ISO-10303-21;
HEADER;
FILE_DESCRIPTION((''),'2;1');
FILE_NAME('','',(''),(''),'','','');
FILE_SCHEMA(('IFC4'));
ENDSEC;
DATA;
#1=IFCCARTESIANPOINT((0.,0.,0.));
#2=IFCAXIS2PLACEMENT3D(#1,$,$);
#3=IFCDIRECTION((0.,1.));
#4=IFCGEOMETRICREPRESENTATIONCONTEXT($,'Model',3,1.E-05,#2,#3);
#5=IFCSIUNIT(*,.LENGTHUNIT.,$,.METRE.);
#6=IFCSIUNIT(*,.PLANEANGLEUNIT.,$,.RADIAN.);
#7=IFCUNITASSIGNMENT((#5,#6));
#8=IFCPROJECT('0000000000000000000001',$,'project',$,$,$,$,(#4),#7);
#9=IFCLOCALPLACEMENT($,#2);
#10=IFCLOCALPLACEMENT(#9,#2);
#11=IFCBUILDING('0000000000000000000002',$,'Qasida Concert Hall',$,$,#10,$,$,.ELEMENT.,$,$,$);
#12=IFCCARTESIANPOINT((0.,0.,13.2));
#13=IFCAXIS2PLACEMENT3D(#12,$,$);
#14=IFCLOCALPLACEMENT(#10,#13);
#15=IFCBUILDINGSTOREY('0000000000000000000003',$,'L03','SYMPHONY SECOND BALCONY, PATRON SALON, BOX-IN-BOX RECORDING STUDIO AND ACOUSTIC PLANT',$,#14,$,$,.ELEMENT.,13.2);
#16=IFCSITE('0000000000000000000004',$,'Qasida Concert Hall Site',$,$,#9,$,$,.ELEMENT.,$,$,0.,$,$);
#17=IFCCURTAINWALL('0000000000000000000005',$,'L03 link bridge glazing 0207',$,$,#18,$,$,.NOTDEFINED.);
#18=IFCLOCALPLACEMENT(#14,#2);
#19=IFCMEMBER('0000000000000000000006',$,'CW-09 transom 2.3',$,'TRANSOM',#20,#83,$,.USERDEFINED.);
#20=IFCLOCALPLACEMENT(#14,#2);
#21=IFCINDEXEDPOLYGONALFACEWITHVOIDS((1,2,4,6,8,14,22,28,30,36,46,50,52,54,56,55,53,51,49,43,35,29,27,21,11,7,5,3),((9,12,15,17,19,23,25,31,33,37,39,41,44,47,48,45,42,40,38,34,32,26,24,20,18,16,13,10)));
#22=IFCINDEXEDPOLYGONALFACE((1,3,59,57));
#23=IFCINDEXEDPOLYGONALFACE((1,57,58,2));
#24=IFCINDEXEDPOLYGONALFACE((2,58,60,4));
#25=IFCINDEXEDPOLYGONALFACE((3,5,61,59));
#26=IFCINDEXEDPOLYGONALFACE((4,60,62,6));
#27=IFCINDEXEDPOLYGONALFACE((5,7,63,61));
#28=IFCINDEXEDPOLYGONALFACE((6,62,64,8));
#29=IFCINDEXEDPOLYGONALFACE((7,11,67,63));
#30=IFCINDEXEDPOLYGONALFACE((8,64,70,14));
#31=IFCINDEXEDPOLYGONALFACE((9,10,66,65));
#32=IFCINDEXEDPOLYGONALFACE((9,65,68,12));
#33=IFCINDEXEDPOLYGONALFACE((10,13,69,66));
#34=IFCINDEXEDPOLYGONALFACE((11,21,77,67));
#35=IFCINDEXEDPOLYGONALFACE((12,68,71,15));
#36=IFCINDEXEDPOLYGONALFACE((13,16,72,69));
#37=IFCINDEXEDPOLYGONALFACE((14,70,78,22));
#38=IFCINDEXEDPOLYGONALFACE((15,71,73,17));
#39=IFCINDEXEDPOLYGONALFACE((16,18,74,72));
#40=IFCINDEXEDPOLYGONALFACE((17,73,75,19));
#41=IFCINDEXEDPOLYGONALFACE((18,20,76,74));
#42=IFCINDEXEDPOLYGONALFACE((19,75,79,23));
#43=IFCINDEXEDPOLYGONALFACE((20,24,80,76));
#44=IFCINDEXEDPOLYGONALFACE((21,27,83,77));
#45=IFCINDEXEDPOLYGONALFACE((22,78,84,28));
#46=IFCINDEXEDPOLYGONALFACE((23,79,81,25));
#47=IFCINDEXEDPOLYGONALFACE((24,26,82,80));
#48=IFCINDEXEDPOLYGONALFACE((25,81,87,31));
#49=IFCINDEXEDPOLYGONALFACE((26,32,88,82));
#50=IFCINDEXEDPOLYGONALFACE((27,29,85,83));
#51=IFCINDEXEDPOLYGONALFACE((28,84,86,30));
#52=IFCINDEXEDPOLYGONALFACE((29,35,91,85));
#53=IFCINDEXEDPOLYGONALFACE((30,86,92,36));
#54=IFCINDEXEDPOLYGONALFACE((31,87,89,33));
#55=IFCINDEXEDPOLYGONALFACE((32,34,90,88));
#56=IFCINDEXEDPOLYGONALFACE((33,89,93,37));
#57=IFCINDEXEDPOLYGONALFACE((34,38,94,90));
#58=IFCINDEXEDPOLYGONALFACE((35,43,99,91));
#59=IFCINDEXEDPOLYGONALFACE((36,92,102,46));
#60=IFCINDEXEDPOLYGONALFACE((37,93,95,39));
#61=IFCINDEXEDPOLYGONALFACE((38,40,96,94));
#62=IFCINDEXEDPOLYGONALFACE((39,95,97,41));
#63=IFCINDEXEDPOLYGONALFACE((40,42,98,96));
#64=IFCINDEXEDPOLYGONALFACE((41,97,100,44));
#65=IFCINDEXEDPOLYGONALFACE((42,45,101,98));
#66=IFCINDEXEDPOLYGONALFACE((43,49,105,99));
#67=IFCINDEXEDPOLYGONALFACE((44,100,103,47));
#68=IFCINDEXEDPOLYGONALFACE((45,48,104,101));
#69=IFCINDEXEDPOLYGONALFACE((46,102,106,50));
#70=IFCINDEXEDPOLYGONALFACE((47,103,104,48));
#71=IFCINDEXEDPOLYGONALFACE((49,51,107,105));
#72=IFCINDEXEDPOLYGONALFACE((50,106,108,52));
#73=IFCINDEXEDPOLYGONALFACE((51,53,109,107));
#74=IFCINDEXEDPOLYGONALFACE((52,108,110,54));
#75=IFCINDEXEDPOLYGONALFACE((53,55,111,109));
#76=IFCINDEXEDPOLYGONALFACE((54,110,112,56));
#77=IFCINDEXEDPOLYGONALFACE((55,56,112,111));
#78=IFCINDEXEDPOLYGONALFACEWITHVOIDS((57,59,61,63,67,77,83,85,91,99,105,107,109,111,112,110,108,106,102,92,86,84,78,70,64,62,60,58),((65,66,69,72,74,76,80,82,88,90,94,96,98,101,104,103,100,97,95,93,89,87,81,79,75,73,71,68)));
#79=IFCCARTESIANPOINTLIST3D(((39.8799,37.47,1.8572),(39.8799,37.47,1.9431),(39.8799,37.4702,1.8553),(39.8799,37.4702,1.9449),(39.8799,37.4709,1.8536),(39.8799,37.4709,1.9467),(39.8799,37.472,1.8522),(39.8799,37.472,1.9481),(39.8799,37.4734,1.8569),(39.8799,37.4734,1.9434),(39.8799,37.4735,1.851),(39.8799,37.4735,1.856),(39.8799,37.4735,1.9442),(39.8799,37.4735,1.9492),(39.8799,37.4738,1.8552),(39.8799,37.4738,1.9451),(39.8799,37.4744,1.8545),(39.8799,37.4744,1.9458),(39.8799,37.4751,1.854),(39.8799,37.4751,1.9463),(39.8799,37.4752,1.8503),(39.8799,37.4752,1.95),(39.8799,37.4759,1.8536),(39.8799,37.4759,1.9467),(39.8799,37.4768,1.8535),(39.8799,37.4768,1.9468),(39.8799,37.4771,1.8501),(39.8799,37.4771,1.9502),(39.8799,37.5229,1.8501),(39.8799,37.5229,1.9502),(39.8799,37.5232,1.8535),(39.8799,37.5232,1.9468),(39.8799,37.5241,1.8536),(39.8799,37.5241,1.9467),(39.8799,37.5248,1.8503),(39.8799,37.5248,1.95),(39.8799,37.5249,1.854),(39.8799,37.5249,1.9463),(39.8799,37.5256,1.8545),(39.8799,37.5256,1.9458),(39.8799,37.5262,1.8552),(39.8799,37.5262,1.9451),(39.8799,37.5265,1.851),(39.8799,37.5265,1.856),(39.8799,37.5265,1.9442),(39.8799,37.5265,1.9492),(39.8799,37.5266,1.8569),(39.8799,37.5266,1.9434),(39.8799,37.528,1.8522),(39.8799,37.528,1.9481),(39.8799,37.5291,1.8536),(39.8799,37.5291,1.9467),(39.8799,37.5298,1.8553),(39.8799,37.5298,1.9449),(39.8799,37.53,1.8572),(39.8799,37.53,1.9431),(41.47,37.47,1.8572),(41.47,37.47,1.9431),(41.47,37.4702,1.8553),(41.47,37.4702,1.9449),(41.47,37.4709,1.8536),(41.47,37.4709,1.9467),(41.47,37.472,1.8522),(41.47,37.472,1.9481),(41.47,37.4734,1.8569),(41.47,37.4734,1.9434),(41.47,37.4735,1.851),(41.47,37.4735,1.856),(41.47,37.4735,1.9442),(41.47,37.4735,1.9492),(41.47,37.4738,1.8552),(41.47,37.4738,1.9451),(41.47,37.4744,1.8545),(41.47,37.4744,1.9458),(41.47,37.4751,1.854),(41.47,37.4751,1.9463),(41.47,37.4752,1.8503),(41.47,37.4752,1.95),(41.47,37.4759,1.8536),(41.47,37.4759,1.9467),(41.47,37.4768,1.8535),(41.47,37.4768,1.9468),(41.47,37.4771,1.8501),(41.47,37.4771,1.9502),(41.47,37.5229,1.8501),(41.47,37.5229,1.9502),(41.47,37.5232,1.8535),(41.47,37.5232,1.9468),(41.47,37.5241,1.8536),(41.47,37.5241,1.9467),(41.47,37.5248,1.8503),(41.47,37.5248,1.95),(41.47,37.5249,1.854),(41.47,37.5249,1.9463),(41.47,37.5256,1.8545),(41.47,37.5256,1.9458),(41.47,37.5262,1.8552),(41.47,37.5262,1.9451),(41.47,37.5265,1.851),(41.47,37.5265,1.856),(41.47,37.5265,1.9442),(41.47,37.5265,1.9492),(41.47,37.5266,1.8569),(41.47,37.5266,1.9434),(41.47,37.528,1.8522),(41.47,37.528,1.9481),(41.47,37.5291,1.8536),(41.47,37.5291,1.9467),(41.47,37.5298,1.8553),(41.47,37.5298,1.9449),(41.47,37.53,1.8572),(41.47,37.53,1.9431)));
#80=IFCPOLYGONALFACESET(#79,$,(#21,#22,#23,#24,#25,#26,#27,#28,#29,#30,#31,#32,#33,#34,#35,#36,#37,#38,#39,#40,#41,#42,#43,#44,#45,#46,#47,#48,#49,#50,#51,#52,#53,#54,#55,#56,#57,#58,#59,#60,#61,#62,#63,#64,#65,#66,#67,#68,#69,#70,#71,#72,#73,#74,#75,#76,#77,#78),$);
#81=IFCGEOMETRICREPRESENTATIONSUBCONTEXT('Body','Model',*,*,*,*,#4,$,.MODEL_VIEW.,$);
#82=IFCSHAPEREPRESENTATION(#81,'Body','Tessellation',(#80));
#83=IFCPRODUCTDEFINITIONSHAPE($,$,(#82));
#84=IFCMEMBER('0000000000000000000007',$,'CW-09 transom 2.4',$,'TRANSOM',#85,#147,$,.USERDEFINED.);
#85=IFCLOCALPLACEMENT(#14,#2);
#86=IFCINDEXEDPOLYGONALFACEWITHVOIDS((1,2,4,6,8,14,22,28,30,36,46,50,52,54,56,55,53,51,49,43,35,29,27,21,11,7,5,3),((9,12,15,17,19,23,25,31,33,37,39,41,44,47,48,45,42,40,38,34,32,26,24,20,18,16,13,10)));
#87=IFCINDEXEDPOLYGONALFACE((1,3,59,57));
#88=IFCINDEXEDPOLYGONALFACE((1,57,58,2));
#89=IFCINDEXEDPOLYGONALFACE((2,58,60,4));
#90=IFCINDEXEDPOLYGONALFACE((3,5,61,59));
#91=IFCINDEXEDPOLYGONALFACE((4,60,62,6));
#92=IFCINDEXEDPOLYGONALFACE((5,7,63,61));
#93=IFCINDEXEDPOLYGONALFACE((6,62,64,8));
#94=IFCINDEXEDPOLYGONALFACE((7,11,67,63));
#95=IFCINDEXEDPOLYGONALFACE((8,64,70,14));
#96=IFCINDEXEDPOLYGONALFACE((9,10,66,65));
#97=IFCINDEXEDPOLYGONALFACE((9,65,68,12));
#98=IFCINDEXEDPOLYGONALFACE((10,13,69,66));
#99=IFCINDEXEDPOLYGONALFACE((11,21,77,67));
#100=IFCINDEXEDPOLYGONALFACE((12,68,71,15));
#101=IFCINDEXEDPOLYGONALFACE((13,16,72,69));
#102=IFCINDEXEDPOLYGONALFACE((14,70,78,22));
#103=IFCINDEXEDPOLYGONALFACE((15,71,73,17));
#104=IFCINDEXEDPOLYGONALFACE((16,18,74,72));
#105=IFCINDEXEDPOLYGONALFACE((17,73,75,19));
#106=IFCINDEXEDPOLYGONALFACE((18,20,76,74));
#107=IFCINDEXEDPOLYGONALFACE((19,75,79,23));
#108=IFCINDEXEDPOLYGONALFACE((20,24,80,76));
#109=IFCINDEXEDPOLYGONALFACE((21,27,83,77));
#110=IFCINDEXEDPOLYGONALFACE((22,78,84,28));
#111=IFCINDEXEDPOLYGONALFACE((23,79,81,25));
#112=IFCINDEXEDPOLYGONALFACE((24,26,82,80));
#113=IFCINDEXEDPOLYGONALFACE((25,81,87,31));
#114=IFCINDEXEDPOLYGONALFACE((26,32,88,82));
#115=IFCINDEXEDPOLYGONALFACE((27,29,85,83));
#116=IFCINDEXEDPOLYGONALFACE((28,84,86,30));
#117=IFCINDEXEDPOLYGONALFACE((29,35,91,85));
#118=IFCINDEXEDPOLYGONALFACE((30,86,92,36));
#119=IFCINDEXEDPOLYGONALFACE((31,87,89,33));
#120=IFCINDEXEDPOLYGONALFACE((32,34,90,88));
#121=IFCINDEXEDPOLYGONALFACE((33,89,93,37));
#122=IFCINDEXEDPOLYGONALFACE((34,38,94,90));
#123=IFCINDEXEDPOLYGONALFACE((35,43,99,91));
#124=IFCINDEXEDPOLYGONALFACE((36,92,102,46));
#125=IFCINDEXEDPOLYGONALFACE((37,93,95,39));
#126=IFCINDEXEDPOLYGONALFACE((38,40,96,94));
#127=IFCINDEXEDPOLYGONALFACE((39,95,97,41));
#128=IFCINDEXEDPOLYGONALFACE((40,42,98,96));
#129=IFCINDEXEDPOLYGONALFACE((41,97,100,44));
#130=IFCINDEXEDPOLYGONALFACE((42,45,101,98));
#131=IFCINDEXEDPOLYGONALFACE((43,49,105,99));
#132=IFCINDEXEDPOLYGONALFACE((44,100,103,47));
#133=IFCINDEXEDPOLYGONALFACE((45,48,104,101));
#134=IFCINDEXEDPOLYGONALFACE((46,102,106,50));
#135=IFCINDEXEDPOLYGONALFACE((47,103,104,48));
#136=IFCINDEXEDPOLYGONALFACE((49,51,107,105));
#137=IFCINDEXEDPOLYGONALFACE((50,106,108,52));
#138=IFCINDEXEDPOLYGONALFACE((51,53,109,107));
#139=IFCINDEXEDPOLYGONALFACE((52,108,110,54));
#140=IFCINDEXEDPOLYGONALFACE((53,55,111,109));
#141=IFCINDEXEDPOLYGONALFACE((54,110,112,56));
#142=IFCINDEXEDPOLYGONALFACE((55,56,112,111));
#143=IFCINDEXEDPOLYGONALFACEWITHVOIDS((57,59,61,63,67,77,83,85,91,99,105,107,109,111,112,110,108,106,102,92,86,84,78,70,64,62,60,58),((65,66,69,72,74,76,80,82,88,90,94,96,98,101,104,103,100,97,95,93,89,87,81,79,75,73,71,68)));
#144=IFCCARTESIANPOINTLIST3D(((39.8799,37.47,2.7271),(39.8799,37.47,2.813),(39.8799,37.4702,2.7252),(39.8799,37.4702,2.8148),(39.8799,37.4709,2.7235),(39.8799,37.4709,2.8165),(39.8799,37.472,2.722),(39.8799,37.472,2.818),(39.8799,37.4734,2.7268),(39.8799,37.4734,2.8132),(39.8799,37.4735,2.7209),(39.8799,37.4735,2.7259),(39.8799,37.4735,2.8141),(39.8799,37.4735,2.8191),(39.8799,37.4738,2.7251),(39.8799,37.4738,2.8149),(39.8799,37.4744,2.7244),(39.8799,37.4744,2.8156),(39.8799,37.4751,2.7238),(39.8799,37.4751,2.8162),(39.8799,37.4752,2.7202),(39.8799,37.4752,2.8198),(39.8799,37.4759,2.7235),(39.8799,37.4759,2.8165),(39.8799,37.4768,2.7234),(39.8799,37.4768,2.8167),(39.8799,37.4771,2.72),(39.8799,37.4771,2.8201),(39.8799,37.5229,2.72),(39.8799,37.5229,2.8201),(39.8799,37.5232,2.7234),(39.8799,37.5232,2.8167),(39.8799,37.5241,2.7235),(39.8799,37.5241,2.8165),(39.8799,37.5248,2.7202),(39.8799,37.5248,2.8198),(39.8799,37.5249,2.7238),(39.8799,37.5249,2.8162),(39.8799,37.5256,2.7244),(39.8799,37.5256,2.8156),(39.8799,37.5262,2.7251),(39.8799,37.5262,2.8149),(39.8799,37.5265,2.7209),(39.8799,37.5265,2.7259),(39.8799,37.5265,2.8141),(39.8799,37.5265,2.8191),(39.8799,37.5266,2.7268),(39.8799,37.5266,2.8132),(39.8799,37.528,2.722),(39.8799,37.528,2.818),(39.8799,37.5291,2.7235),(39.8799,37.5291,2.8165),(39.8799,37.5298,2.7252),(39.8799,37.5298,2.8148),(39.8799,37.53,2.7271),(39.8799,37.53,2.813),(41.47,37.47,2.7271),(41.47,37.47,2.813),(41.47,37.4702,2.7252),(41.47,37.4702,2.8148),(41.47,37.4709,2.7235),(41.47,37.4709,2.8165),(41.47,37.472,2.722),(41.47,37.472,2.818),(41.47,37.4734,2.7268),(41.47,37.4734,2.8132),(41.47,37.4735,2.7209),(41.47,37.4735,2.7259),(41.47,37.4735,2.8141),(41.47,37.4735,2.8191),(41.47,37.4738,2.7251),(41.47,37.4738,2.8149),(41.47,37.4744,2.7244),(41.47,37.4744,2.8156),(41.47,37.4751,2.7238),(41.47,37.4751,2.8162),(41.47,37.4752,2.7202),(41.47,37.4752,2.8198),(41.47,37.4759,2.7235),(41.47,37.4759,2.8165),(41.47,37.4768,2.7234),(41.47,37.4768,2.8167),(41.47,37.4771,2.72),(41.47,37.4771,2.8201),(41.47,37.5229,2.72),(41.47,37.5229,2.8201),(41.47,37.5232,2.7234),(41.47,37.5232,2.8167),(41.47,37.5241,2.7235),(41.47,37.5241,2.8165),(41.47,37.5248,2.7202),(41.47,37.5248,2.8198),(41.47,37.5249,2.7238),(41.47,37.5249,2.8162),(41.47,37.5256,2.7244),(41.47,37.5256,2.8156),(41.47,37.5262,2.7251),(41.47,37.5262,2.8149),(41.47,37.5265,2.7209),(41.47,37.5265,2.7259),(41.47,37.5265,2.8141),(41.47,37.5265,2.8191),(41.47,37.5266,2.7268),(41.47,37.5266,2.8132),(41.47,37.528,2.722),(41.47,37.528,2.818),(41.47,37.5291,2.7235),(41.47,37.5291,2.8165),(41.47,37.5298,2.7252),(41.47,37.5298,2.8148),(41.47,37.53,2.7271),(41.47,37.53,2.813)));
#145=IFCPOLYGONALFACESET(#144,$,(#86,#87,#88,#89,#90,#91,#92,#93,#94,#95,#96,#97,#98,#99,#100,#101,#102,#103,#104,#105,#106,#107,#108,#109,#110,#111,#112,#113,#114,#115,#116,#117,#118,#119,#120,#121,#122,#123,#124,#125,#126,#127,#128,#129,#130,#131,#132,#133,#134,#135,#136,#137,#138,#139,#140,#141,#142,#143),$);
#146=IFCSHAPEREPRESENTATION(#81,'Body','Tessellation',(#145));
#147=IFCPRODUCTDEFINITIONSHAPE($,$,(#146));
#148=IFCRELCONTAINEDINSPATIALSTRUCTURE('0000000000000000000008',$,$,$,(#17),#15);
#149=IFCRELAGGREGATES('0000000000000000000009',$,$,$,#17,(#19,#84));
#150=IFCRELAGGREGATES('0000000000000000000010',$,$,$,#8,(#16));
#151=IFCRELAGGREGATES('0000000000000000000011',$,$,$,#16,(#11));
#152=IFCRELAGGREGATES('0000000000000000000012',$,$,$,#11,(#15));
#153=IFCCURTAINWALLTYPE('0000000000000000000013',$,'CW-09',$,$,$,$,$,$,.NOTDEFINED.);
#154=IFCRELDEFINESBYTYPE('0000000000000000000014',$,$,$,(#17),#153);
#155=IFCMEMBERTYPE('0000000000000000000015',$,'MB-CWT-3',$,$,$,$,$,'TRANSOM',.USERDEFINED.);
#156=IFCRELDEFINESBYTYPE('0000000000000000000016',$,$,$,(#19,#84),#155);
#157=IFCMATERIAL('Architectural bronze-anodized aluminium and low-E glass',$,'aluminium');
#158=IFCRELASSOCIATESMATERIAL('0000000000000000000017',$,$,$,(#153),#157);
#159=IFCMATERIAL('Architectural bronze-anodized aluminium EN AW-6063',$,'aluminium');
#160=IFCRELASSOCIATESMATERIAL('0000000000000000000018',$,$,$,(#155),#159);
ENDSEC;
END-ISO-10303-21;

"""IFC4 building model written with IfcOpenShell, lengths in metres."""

from ifc_helpers import new_model, si_unit, direction, frame, origin, origin_2d, place, context, subcontext, project, spatial, hollow_rectangle, extrude, material, material_profile, profile_set, type_object, element, aggregate, save


model = new_model("IFC4")

# Units and contexts
model_context = context("Model", 3, precision=1e-05, world=origin(), true_north=direction((0.0, 1.0)))
body_context = subcontext(model_context, "Body", "Model", "MODEL_VIEW")
ifc_project = project(units=[si_unit("LENGTHUNIT", "METRE"), si_unit("PLANEANGLEUNIT", "RADIAN")], contexts=[model_context])

# Site, building, storey
site_placement = place(None, origin())
site = spatial("IfcSite", under=ifc_project, at=site_placement, Name="Qasida Concert Hall Site", CompositionType="ELEMENT", RefElevation=0.0)
building_placement = place(site_placement, origin())
building = spatial("IfcBuilding", under=site, at=building_placement, Name="Qasida Concert Hall", CompositionType="ELEMENT")
storey_placement = place(building_placement, frame((0.0, 0.0, 13.2)))
storey = spatial("IfcBuildingStorey", under=building, at=storey_placement, Name="L03", Description="SYMPHONY SECOND BALCONY, PATRON SALON, BOX-IN-BOX RECORDING STUDIO AND ACOUSTIC PLANT", CompositionType="ELEMENT", Elevation=13.2)

# Curtain wall, members
ifc_material_1 = material(Name="Architectural bronze-anodized aluminium and low-E glass", Category="aluminium")
curtain_wall_type = type_object("IfcCurtainWallType", Name="CW-09", PredefinedType="NOTDEFINED", material=ifc_material_1)
curtain_wall_placement = place(storey_placement, origin())
curtain_wall = element("IfcCurtainWall", 1, at=curtain_wall_placement, inside=storey, type_object=curtain_wall_type, Name="L03 link bridge glazing 0207", PredefinedType="NOTDEFINED")
ifc_material_2 = material(Name="Architectural bronze-anodized aluminium EN AW-6063", Category="aluminium")
ifc_material_profile_1 = material_profile(ifc_material_2, hollow_rectangle(XDim=0.0601, YDim=0.1001, WallThickness=0.0034, InnerFilletRadius=0.0034, OuterFilletRadius=0.0071, at=origin_2d()), Name="CWT 100x60x3.5")
ifc_profile_set_1 = profile_set([ifc_material_profile_1], Name="Architectural bronze-anodized aluminium EN AW-6063")
member_type_1 = type_object("IfcMemberType", Name="MB-CWT-3", ElementType="TRANSOM", PredefinedType="USERDEFINED", material=ifc_profile_set_1)
member_1_placement = place(storey_placement, frame((39.8799, 37.5, 1.9001), z_axis=(1.0, 0.0, 0.0), x_axis=(0.0, 1.0, 0.0)))
member_1 = element("IfcMember", 2, at=member_1_placement, type_object=member_type_1, Name="CW-09 transom 2.3", ObjectType="TRANSOM", PredefinedType="USERDEFINED", context=body_context, shape_type="SweptSolid", body=[
    extrude(hollow_rectangle(XDim=0.0601, YDim=0.1001, WallThickness=0.0034, InnerFilletRadius=0.0034, OuterFilletRadius=0.0071, at=origin_2d()), origin(), (0.0, 0.0, 1.0), 1.5901),
])
member_2_placement = place(storey_placement, frame((39.8799, 37.5, 2.77), z_axis=(1.0, 0.0, 0.0), x_axis=(0.0, 1.0, 0.0)))
member_2 = element("IfcMember", 3, at=member_2_placement, type_object=member_type_1, Name="CW-09 transom 2.4", ObjectType="TRANSOM", PredefinedType="USERDEFINED", context=body_context, shape_type="SweptSolid", body=[
    extrude(hollow_rectangle(XDim=0.0601, YDim=0.1001, WallThickness=0.0034, InnerFilletRadius=0.0034, OuterFilletRadius=0.0071, at=origin_2d()), origin(), (0.0, 0.0, 1.0), 1.5901),
])
aggregate(curtain_wall, [member_1, member_2])

save(model, "model.ifc")
